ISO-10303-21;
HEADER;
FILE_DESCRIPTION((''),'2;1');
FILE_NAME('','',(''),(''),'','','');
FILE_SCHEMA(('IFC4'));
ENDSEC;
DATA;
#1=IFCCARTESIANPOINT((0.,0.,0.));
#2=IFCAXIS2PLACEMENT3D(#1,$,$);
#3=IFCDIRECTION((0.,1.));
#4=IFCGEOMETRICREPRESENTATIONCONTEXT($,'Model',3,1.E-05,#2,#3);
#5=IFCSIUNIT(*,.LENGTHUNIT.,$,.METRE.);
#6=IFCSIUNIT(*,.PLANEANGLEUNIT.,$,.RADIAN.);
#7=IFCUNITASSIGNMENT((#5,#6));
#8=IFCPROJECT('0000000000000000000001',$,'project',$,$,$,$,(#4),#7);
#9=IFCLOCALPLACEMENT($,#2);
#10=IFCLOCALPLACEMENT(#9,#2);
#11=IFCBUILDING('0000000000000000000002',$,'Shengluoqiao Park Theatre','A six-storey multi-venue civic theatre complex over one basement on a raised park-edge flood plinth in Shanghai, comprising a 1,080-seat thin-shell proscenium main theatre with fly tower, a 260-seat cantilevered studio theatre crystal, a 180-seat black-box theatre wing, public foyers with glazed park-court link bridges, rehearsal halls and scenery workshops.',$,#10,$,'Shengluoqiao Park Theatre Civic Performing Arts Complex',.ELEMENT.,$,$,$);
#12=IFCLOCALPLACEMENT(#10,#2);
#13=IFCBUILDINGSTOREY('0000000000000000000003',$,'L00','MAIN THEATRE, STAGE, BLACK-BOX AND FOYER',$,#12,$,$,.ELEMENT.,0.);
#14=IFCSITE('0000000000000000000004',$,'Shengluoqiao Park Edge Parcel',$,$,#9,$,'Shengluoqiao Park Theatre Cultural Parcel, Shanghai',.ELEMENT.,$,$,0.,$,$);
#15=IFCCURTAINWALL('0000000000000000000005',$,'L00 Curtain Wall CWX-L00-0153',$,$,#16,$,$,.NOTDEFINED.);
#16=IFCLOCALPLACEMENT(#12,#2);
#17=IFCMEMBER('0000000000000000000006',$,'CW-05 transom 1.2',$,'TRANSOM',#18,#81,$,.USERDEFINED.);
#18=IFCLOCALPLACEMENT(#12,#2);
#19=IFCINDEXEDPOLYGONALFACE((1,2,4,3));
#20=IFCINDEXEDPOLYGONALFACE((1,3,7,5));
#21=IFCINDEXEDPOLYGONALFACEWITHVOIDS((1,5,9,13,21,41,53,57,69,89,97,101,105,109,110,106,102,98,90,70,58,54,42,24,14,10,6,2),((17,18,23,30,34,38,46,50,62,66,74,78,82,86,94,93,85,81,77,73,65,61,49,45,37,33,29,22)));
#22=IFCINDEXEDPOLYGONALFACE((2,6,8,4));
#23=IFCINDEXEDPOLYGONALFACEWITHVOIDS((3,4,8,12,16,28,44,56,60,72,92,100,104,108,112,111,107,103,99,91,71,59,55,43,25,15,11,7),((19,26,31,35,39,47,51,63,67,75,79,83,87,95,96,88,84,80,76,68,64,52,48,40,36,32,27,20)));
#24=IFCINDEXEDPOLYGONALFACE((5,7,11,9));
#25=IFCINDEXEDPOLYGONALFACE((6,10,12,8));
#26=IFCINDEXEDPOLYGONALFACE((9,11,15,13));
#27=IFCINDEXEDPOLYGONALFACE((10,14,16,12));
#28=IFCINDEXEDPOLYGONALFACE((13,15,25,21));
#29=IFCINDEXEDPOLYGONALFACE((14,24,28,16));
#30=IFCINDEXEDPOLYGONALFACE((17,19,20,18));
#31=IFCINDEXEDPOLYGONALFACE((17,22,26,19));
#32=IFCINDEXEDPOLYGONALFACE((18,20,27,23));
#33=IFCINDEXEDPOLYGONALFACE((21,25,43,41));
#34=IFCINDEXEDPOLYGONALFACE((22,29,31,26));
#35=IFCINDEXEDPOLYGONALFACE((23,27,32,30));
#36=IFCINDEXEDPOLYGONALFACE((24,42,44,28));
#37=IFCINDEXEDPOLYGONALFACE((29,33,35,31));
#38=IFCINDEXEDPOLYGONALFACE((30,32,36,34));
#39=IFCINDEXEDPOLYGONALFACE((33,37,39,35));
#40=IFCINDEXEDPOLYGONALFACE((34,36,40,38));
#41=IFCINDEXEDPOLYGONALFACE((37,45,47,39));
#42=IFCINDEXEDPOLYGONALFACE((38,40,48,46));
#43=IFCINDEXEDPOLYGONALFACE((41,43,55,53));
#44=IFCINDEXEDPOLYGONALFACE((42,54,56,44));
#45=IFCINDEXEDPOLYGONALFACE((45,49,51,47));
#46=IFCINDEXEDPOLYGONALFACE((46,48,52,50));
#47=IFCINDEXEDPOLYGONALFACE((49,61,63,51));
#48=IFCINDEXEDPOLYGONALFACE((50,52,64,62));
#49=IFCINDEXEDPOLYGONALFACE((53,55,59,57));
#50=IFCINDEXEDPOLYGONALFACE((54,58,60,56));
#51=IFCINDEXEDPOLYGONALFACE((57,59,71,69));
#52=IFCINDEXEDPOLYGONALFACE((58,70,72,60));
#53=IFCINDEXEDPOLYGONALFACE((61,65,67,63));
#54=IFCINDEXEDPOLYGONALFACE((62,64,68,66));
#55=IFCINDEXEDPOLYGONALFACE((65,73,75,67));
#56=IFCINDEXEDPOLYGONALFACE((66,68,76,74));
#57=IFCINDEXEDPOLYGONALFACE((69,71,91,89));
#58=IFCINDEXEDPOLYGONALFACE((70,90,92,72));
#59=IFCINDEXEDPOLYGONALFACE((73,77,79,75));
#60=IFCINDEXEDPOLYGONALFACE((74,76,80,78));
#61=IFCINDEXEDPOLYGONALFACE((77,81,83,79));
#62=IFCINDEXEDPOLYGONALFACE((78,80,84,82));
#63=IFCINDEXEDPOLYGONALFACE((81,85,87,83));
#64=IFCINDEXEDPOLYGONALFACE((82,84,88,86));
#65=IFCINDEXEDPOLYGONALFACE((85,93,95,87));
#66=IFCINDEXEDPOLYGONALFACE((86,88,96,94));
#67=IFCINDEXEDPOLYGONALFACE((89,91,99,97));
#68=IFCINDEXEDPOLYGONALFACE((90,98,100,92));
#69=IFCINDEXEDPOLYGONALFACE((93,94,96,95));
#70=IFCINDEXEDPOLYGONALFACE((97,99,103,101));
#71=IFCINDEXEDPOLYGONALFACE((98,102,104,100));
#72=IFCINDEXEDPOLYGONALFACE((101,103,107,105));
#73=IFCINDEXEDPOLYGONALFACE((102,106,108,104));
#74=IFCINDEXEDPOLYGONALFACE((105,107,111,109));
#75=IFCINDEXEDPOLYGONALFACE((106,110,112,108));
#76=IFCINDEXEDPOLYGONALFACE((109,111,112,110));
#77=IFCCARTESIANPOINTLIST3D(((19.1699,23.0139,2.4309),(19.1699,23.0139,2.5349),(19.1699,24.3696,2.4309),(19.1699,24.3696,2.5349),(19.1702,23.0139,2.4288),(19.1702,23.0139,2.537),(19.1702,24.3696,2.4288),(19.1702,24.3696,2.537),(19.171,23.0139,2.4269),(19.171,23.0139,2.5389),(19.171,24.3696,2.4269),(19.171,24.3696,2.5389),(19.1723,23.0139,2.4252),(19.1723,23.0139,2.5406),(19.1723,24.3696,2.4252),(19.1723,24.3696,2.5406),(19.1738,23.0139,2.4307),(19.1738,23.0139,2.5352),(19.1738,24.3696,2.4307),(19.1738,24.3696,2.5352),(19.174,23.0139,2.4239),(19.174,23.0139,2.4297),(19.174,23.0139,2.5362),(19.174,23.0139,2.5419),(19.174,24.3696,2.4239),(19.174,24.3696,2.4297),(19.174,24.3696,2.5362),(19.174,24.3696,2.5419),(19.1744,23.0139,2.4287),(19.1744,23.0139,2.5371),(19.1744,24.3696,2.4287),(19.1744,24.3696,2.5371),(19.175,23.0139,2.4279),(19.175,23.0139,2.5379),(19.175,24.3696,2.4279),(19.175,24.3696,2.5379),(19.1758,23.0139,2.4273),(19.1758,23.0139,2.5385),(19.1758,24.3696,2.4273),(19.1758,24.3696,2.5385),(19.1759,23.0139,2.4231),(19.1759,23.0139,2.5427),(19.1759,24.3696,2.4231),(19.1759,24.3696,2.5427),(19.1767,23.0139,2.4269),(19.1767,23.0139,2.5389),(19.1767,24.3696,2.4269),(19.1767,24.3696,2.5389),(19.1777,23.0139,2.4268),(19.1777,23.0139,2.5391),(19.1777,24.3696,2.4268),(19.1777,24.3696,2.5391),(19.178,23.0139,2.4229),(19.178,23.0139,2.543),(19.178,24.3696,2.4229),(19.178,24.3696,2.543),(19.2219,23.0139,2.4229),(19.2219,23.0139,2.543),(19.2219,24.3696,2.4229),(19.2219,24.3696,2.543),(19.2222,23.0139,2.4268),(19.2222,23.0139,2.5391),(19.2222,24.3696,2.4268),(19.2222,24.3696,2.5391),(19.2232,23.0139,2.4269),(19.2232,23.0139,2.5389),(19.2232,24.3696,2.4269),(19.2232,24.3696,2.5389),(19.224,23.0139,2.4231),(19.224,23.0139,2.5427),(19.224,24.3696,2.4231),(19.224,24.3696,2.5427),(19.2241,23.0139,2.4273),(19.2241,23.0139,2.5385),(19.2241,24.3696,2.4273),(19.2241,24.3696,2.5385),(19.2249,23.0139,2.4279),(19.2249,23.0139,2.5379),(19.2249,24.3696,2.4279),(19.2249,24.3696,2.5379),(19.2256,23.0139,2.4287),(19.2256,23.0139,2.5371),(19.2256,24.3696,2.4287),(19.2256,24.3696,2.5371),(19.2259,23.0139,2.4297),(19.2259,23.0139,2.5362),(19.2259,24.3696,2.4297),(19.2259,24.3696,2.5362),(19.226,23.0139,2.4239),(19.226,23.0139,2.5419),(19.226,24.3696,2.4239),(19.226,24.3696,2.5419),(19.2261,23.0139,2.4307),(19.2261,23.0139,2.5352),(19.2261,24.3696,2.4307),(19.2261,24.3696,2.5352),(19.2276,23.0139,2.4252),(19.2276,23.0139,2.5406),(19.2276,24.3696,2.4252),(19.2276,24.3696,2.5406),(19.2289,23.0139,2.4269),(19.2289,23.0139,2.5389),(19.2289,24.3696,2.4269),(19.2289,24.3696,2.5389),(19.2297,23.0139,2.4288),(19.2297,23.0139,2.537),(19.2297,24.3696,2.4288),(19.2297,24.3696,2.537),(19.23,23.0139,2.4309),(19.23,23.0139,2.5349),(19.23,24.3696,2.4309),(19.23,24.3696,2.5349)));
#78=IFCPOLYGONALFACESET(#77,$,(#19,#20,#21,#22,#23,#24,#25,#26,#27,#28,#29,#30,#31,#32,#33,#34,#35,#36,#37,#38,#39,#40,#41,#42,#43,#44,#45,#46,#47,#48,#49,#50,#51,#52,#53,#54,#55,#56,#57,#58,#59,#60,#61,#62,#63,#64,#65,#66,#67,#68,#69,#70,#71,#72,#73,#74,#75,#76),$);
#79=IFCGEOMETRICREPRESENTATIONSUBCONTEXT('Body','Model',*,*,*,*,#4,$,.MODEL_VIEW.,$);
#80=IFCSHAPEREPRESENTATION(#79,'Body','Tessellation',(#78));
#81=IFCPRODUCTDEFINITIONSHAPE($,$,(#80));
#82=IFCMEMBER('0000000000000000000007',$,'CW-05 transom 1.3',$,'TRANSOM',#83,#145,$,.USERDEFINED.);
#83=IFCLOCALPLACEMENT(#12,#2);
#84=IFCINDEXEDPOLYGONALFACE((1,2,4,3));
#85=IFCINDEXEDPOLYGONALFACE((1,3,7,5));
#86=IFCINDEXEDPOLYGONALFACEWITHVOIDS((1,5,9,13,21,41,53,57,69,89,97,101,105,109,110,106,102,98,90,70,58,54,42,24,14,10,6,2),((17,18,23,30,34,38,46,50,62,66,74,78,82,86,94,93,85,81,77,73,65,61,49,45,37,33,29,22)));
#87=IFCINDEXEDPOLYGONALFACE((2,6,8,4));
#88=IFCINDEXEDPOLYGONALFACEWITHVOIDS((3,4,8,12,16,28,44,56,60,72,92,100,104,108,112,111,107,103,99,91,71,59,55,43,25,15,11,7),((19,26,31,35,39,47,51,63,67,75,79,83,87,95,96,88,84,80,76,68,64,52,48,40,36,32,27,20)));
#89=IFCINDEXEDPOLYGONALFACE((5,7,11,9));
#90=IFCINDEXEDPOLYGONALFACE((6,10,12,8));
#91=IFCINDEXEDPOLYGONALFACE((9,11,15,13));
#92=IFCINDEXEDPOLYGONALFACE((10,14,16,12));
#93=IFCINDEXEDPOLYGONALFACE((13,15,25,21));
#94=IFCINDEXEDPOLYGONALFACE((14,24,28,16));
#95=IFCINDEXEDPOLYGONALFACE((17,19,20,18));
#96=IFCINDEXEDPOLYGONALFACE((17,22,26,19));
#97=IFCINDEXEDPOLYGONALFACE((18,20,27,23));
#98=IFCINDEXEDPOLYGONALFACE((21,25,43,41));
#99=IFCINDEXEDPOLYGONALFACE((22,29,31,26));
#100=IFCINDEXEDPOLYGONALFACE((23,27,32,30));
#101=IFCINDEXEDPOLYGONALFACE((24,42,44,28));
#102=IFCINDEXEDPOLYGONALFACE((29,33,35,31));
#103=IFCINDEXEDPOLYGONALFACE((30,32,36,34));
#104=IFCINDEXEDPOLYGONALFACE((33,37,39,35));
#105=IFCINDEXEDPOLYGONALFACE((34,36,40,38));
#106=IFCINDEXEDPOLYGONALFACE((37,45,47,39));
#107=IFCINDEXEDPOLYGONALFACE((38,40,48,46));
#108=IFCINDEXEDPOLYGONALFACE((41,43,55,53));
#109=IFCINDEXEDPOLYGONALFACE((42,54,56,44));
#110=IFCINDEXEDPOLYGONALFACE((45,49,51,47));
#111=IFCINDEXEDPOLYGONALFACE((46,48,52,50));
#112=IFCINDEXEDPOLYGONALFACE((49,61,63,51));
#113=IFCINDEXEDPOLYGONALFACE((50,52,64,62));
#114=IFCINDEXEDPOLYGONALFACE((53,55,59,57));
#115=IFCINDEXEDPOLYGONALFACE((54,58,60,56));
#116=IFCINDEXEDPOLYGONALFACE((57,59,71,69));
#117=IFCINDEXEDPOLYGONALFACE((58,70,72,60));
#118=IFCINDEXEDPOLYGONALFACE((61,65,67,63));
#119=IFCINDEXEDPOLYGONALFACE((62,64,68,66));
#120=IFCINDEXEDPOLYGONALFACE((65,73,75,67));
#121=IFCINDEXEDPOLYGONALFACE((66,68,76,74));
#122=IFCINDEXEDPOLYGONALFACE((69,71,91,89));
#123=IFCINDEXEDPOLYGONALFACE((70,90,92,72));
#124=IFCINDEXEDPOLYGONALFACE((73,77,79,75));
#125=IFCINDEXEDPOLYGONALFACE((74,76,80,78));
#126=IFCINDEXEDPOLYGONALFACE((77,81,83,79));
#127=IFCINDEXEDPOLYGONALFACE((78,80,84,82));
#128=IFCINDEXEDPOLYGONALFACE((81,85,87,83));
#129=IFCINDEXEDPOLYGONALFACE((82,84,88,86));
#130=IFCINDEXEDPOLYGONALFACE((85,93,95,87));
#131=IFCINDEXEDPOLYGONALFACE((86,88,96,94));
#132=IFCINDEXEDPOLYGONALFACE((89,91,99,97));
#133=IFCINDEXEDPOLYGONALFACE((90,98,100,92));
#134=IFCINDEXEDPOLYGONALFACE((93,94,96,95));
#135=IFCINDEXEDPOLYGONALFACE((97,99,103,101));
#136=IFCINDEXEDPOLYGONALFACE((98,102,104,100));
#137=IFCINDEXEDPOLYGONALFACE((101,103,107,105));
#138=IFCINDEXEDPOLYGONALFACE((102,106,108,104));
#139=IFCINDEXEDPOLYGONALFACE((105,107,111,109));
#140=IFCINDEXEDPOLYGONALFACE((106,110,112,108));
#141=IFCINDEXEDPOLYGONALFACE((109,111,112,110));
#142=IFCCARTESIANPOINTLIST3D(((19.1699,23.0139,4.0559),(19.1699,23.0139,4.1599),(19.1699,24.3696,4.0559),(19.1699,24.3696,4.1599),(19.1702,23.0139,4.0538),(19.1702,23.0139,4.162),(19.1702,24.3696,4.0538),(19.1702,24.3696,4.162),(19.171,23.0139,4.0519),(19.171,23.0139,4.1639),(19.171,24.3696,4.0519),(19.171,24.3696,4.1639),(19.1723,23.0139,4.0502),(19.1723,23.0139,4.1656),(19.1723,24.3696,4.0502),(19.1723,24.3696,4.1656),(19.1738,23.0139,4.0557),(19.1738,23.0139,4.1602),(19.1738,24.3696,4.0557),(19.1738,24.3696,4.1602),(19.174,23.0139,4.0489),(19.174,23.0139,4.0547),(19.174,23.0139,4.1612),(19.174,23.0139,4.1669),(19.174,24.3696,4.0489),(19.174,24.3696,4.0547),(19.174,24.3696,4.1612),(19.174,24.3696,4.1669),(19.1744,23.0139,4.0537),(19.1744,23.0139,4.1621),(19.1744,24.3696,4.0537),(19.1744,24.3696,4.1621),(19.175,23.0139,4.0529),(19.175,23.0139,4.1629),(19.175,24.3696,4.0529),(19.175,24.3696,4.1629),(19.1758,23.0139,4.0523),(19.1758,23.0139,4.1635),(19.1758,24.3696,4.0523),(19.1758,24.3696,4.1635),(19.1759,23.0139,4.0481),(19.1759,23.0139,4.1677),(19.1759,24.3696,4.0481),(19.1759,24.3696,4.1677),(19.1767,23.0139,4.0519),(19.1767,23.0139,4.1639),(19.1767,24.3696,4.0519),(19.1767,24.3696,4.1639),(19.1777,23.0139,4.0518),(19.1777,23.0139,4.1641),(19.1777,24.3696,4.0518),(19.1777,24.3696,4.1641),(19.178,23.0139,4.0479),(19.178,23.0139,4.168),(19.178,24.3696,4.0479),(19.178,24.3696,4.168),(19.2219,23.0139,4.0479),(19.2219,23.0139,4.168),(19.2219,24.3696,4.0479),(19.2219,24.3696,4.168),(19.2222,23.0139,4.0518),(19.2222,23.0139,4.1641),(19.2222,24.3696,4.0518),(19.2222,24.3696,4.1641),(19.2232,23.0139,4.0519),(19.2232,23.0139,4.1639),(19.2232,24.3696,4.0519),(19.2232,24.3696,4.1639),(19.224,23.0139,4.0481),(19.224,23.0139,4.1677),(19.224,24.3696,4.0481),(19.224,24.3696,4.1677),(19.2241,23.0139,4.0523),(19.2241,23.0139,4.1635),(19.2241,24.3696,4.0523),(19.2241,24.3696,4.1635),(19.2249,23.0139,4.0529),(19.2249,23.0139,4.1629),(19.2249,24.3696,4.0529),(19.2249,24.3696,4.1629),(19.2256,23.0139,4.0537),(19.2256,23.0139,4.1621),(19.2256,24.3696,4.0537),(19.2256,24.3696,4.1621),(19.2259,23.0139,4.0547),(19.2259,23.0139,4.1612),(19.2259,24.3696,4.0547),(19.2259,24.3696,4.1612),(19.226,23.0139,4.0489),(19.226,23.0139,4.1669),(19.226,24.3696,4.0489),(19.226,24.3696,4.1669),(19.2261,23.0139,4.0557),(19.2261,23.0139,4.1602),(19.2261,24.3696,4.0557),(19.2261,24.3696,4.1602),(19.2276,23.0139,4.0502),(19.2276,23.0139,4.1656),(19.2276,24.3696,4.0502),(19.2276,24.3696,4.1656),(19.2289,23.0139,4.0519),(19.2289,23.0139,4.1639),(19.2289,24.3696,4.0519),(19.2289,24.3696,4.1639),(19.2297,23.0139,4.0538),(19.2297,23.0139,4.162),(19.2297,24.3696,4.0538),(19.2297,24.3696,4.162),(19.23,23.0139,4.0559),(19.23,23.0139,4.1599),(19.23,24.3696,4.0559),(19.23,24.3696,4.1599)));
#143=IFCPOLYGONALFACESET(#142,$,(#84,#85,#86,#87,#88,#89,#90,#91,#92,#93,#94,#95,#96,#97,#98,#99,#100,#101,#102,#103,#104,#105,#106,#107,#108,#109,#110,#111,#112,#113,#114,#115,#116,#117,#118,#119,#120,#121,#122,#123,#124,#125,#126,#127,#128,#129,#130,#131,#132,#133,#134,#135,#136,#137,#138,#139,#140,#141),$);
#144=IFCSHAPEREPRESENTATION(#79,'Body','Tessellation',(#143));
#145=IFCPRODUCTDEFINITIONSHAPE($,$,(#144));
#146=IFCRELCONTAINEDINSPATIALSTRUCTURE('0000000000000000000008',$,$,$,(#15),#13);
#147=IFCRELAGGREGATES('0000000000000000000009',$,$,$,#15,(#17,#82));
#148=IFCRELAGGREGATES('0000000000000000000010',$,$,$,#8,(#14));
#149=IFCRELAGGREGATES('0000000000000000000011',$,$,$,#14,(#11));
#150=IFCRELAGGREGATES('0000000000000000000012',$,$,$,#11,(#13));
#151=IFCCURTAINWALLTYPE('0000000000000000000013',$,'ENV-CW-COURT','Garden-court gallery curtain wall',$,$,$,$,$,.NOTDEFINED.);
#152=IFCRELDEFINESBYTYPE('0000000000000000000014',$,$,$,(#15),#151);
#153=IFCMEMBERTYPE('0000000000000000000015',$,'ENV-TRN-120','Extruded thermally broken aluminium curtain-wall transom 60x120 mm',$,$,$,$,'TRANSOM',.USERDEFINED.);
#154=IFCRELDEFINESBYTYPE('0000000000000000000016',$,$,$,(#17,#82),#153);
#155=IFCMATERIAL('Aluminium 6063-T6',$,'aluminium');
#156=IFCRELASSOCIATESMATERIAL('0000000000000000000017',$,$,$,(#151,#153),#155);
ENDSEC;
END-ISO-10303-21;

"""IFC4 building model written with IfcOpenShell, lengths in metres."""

from ifc_helpers import new_model, si_unit, direction, frame, origin, origin_2d, place, context, subcontext, project, spatial, hollow_rectangle, extrude, material, material_profile, profile_set, type_object, element, aggregate, save


model = new_model("IFC4")

# Units and contexts
model_context = context("Model", 3, precision=1e-05, world=origin(), true_north=direction((0.0, 1.0)))
body_context = subcontext(model_context, "Body", "Model", "MODEL_VIEW")
ifc_project = project(units=[si_unit("LENGTHUNIT", "METRE"), si_unit("PLANEANGLEUNIT", "RADIAN")], contexts=[model_context])

# Site, building, storey
site_placement = place(None, origin())
site = spatial("IfcSite", under=ifc_project, at=site_placement, Name="Shengluoqiao Park Edge Parcel", LongName="Shengluoqiao Park Theatre Cultural Parcel, Shanghai", CompositionType="ELEMENT", RefElevation=0.0)
building_placement = place(site_placement, origin())
building = spatial("IfcBuilding", under=site, at=building_placement, Name="Shengluoqiao Park Theatre", Description="A six-storey multi-venue civic theatre complex over one basement on a raised park-edge flood plinth in Shanghai, comprising a 1,080-seat thin-shell proscenium main theatre with fly tower, a 260-seat cantilevered studio theatre crystal, a 180-seat black-box theatre wing, public foyers with glazed park-court link bridges, rehearsal halls and scenery workshops.", LongName="Shengluoqiao Park Theatre Civic Performing Arts Complex", CompositionType="ELEMENT")
storey_placement = place(building_placement, origin())
storey = spatial("IfcBuildingStorey", under=building, at=storey_placement, Name="L00", Description="MAIN THEATRE, STAGE, BLACK-BOX AND FOYER", CompositionType="ELEMENT", Elevation=0.0)

# Shared definitions
ifc_material_1 = material(Name="Aluminium 6063-T6", Category="aluminium")

# Curtain wall, members
curtain_wall_type_1 = type_object("IfcCurtainWallType", Name="ENV-CW-COURT", Description="Garden-court gallery curtain wall", PredefinedType="NOTDEFINED", material=ifc_material_1)
curtain_wall_1_placement = place(storey_placement, origin())
curtain_wall_1 = element("IfcCurtainWall", 1, at=curtain_wall_1_placement, inside=storey, type_object=curtain_wall_type_1, Name="L00 Curtain Wall CWX-L00-0153", PredefinedType="NOTDEFINED")
ifc_material_profile_1 = material_profile(ifc_material_1, hollow_rectangle(XDim=0.0601, YDim=0.1201, WallThickness=0.0039, InnerFilletRadius=0.0039, OuterFilletRadius=0.0081, at=origin_2d()), Name="ALU TRANSOM 120x60x4")
ifc_profile_set_1 = profile_set([ifc_material_profile_1], Name="Aluminium 6063-T6")
member_type_1 = type_object("IfcMemberType", Name="ENV-TRN-120", Description="Extruded thermally broken aluminium curtain-wall transom 60x120 mm", ElementType="TRANSOM", PredefinedType="USERDEFINED", material=ifc_profile_set_1)
member_1_placement = place(storey_placement, frame((19.2, 23.0139, 2.4829), z_axis=(0.0, 1.0, 0.0), x_axis=(-1.0, 0.0, 0.0)))
member_1 = element("IfcMember", 2, at=member_1_placement, type_object=member_type_1, Name="CW-05 transom 1.2", ObjectType="TRANSOM", PredefinedType="USERDEFINED", context=body_context, shape_type="SweptSolid", body=[
    extrude(hollow_rectangle(XDim=0.0601, YDim=0.1201, WallThickness=0.0039, InnerFilletRadius=0.0039, OuterFilletRadius=0.0081, at=origin_2d()), origin(), (0.0, 0.0, 1.0), 1.3557),
])
member_2_placement = place(storey_placement, frame((19.2, 23.0139, 4.1079), z_axis=(0.0, 1.0, 0.0), x_axis=(-1.0, 0.0, 0.0)))
member_2 = element("IfcMember", 3, at=member_2_placement, type_object=member_type_1, Name="CW-05 transom 1.3", ObjectType="TRANSOM", PredefinedType="USERDEFINED", context=body_context, shape_type="SweptSolid", body=[
    extrude(hollow_rectangle(XDim=0.0601, YDim=0.1201, WallThickness=0.0039, InnerFilletRadius=0.0039, OuterFilletRadius=0.0081, at=origin_2d()), origin(), (0.0, 0.0, 1.0), 1.3557),
])
aggregate(curtain_wall_1, [member_1, member_2])

save(model, "model.ifc")
